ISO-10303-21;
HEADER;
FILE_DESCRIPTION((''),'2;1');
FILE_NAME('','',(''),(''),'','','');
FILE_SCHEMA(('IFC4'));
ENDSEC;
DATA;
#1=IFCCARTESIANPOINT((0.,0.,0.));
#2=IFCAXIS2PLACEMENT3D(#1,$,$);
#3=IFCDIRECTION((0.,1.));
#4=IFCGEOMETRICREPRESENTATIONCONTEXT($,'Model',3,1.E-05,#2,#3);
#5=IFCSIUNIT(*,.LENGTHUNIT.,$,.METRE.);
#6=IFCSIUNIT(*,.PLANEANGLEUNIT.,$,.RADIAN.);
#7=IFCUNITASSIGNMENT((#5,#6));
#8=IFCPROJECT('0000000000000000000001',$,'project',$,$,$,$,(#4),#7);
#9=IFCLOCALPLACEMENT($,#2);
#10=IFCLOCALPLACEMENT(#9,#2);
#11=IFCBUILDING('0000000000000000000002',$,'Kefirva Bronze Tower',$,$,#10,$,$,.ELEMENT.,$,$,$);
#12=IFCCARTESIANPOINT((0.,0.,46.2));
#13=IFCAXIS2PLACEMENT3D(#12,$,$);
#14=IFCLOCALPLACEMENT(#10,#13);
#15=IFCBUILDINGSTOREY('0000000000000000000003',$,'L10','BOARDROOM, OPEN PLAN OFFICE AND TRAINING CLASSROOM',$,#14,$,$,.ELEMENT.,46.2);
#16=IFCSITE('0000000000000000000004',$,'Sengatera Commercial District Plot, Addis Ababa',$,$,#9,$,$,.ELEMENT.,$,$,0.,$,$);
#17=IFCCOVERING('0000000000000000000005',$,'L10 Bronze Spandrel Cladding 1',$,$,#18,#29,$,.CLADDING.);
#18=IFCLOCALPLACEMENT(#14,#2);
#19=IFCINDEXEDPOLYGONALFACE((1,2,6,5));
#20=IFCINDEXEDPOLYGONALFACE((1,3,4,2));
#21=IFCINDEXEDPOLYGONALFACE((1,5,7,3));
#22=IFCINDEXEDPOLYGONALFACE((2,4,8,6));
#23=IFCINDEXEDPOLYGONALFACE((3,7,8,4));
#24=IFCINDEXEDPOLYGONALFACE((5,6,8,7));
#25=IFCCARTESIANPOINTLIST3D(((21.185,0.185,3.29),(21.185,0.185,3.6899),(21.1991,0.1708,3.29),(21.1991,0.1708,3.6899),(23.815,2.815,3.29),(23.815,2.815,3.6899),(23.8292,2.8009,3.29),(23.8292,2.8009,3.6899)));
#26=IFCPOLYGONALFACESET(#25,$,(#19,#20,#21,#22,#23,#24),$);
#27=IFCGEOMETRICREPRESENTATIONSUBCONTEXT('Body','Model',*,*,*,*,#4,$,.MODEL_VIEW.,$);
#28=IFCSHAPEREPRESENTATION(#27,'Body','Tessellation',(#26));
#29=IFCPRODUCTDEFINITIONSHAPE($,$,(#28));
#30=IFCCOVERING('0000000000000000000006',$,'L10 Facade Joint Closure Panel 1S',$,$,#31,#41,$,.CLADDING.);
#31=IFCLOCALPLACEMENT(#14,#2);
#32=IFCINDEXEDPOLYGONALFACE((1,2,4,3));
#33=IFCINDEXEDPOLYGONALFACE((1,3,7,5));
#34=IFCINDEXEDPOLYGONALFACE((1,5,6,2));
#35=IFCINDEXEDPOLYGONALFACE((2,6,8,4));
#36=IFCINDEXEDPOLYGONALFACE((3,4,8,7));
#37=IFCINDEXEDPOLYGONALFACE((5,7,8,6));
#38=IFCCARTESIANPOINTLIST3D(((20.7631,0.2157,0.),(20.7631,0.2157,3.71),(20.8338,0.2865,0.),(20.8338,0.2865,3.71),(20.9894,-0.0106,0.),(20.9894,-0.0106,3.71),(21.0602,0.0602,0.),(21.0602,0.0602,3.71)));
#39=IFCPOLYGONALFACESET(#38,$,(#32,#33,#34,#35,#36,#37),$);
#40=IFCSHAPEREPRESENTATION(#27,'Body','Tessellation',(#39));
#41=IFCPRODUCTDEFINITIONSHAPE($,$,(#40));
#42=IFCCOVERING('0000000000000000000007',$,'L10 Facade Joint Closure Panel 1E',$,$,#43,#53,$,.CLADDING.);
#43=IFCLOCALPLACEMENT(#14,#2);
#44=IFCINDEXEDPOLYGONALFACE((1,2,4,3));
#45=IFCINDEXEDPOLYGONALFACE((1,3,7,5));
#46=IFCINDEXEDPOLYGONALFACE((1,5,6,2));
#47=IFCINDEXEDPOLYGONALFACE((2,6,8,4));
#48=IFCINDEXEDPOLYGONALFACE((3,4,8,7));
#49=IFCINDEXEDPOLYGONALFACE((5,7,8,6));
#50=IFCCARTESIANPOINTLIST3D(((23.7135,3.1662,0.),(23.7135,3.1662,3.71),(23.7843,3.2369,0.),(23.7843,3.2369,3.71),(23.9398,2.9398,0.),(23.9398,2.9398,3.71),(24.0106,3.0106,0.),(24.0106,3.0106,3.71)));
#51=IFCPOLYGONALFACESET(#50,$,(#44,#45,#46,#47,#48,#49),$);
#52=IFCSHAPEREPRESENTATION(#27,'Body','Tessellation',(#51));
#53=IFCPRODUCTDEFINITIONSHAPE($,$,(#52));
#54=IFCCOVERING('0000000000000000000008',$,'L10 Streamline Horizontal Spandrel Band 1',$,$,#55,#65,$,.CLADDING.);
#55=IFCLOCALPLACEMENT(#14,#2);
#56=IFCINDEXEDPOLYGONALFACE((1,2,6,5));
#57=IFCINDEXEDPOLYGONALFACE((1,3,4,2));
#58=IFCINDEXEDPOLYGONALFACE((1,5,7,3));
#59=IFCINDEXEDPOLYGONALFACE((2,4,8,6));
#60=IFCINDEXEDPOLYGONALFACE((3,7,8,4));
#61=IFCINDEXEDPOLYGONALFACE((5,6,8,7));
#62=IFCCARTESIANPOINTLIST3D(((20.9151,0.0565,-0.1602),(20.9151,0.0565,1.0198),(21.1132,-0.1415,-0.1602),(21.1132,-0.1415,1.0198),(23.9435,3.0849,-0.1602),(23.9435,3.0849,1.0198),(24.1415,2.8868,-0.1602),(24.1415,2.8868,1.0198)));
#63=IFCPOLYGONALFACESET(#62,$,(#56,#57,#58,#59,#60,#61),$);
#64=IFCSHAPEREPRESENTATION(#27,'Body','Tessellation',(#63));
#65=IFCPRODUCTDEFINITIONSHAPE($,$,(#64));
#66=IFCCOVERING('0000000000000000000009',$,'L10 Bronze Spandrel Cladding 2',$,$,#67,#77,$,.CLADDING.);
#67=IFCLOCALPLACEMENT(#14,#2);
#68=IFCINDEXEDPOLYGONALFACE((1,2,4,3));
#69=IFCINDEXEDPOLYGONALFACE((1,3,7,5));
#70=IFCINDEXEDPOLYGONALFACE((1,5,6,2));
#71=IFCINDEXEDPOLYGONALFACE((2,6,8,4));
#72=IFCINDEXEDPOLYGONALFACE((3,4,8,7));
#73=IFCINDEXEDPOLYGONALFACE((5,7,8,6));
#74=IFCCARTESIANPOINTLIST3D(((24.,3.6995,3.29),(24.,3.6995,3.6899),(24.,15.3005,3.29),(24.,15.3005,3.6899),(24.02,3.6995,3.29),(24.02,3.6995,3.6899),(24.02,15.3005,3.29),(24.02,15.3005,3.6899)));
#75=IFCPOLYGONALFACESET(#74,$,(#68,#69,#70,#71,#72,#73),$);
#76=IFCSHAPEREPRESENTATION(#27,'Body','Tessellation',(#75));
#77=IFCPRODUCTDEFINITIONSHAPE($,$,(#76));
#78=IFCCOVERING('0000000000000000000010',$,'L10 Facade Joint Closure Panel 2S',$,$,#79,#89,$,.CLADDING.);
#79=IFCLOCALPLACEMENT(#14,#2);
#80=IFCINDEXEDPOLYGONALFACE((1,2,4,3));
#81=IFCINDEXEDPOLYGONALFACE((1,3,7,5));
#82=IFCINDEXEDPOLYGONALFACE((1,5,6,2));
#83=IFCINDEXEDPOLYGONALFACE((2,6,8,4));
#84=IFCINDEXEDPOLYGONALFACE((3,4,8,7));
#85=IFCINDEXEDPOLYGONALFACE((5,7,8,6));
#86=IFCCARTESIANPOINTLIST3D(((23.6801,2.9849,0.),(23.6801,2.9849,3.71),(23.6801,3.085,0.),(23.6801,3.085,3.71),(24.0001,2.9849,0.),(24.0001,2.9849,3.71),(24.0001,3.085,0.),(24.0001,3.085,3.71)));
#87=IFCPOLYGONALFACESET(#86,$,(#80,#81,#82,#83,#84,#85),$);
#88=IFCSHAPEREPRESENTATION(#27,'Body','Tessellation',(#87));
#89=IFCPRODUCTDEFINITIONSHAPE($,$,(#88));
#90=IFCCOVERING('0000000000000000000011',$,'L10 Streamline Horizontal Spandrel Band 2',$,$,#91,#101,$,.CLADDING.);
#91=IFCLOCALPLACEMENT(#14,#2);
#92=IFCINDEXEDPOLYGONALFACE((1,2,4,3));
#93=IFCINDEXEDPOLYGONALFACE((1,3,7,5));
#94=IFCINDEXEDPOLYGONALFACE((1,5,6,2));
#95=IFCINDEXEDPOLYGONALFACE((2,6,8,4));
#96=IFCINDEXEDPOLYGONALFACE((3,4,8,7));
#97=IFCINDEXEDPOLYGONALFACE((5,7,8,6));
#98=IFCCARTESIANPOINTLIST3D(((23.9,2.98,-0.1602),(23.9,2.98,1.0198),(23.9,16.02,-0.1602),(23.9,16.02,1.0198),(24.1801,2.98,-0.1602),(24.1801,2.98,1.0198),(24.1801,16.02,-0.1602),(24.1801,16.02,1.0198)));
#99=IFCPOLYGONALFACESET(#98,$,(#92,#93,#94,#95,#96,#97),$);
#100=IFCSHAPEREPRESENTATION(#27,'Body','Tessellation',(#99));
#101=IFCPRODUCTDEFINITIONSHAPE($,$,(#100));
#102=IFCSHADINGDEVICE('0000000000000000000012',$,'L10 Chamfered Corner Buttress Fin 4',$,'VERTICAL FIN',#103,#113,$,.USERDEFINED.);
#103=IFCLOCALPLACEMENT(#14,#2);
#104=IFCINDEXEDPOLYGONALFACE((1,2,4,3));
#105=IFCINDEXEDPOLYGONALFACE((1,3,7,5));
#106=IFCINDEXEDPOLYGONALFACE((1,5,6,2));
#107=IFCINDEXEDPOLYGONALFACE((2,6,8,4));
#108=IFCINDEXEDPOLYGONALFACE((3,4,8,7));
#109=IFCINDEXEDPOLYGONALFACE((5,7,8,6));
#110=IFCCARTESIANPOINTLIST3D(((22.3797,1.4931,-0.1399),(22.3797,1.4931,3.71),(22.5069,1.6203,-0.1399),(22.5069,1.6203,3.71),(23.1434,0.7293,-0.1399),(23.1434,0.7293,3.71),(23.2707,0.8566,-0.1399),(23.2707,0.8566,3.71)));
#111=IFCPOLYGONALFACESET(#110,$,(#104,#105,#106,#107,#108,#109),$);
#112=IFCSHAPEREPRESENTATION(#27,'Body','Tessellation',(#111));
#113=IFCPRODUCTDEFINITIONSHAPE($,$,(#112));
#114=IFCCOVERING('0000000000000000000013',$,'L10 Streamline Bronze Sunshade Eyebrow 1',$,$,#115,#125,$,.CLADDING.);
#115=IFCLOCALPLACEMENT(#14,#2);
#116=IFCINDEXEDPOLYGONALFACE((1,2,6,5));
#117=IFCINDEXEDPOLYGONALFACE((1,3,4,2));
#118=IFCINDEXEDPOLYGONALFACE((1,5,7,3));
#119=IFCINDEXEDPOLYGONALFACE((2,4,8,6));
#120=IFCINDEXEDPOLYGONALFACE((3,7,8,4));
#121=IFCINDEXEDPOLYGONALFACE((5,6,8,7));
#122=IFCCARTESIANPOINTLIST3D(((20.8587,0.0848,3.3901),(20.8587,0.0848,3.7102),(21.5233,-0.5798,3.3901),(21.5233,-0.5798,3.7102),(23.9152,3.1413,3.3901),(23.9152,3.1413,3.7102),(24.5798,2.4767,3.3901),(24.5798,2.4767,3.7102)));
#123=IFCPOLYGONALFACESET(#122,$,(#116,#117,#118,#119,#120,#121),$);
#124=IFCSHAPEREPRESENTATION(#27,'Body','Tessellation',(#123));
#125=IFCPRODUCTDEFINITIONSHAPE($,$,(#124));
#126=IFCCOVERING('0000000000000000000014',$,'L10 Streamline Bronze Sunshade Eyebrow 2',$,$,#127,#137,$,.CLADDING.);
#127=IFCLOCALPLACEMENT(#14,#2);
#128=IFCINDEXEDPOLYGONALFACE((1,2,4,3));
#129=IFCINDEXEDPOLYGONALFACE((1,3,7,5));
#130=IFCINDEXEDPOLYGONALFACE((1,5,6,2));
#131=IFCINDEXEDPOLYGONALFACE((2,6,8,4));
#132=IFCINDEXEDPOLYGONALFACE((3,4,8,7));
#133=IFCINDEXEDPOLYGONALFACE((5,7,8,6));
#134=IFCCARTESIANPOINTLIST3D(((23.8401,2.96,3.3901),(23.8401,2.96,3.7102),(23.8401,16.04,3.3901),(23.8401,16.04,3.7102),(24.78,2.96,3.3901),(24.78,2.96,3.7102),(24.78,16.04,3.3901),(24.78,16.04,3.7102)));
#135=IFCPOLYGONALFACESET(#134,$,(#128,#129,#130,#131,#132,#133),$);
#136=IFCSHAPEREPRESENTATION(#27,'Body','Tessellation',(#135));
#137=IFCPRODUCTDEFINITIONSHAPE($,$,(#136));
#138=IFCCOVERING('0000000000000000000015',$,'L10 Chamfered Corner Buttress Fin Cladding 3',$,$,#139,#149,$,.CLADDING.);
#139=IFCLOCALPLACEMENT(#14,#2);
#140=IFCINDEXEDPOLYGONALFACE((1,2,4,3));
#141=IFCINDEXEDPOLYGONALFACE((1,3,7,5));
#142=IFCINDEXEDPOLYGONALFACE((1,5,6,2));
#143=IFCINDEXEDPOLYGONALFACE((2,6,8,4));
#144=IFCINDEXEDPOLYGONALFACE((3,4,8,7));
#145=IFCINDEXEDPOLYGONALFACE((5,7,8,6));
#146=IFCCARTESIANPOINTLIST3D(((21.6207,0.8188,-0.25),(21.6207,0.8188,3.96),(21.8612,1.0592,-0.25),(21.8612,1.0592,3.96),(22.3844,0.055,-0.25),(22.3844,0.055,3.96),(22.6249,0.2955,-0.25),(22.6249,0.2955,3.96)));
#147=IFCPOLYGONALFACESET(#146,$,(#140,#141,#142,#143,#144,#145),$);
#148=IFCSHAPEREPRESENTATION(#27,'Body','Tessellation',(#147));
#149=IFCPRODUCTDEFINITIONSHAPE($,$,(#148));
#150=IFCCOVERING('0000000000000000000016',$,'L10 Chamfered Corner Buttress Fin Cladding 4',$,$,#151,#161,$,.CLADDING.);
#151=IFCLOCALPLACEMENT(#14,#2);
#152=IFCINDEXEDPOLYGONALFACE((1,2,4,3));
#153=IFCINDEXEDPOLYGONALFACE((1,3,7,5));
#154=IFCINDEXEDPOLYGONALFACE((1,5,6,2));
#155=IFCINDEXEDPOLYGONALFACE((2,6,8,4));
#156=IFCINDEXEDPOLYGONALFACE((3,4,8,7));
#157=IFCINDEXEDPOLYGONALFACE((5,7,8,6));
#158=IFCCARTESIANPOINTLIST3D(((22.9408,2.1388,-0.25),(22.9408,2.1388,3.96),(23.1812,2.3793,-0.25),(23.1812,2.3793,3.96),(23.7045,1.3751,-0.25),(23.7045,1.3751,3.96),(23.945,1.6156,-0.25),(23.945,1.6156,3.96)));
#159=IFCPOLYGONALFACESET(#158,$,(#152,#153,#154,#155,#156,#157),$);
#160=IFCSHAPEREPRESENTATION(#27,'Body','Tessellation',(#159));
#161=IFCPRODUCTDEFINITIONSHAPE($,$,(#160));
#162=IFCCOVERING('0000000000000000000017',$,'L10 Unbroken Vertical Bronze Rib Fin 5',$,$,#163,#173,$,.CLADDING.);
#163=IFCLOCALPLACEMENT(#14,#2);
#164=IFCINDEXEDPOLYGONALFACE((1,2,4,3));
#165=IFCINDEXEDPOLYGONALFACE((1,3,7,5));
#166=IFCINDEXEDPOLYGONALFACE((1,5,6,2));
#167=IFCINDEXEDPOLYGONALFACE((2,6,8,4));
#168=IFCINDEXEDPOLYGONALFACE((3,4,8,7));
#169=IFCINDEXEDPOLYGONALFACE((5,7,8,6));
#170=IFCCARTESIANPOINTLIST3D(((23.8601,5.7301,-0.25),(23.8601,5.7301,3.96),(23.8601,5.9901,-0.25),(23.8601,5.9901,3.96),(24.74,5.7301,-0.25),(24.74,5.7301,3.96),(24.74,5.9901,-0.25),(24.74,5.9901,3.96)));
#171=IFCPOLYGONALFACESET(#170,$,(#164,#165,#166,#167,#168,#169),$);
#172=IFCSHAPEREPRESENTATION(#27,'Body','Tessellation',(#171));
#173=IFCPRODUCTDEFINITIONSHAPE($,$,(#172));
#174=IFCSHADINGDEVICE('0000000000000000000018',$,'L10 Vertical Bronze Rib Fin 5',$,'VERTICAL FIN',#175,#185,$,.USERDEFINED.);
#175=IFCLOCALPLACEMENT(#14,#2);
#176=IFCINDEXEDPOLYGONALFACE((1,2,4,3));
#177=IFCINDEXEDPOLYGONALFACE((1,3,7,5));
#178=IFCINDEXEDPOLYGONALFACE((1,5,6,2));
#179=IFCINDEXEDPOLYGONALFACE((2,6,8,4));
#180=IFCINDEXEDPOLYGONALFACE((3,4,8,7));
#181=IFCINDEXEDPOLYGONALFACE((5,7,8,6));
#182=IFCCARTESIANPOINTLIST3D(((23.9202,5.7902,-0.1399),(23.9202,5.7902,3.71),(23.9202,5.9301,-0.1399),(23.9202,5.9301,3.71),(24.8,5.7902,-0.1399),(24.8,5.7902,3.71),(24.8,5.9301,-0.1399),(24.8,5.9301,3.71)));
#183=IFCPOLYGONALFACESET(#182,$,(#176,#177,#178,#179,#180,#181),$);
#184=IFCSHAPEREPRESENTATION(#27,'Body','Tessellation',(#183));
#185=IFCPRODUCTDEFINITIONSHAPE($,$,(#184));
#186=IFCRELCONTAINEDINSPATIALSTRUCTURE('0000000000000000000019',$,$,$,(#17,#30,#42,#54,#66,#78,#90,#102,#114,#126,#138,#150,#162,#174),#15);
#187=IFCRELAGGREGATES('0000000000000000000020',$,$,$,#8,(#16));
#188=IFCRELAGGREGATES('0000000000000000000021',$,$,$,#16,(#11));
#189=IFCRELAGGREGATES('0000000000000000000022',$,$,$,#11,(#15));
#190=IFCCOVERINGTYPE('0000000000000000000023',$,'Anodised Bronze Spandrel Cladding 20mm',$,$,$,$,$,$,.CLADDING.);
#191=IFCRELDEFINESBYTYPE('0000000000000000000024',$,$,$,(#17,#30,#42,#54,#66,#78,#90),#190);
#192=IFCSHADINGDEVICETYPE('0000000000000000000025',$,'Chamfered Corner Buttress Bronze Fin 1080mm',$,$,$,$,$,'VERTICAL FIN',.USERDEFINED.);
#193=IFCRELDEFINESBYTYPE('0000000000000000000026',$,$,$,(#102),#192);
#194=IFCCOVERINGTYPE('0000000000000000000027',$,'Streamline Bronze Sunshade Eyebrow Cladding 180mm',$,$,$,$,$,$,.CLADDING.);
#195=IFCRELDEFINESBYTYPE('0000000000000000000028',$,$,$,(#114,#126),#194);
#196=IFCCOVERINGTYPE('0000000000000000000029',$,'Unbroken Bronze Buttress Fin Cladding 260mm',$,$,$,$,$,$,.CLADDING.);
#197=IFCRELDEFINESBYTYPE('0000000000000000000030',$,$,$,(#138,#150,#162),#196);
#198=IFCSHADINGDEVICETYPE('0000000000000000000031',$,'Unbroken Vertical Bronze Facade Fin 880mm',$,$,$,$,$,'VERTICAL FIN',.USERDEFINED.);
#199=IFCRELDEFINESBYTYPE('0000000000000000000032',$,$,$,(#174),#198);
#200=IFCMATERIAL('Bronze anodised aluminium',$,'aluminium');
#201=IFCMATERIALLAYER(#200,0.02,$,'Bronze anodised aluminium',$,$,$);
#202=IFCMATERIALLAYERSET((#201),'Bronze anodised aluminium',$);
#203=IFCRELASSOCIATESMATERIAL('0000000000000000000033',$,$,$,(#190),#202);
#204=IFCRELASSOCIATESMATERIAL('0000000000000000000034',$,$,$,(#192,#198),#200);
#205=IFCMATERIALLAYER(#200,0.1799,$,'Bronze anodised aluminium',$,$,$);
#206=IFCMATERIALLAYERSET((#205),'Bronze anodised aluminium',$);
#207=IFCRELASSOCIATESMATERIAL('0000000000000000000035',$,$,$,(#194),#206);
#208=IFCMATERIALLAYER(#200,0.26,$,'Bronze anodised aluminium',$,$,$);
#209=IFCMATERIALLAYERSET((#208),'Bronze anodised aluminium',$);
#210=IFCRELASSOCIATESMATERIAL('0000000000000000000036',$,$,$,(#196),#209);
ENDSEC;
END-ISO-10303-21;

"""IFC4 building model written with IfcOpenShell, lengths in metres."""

from ifc_helpers import new_model, si_unit, direction, frame, origin, origin_2d, place, context, subcontext, project, spatial, rectangle, extrude, material, layer, layer_set, material_profile, profile_set, type_object, element, save


model = new_model("IFC4")

# Units and contexts
model_context = context("Model", 3, precision=1e-05, world=origin(), true_north=direction((0.0, 1.0)))
body_context = subcontext(model_context, "Body", "Model", "MODEL_VIEW")
ifc_project = project(units=[si_unit("LENGTHUNIT", "METRE"), si_unit("PLANEANGLEUNIT", "RADIAN")], contexts=[model_context])

# Site, building, storey
site_placement = place(None, origin())
site = spatial("IfcSite", under=ifc_project, at=site_placement, Name="Sengatera Commercial District Plot, Addis Ababa", CompositionType="ELEMENT", RefElevation=0.0)
building_placement = place(site_placement, origin())
building = spatial("IfcBuilding", under=site, at=building_placement, Name="Kefirva Bronze Tower", CompositionType="ELEMENT")
storey_placement = place(building_placement, frame((0.0, 0.0, 46.2)))
storey = spatial("IfcBuildingStorey", under=building, at=storey_placement, Name="L10", Description="BOARDROOM, OPEN PLAN OFFICE AND TRAINING CLASSROOM", CompositionType="ELEMENT", Elevation=46.2)

# Shared definitions
ifc_material_1 = material(Name="Bronze anodised aluminium", Category="aluminium")

# Coverings
ifc_layer_1 = layer(ifc_material_1, 0.02, Name="Bronze anodised aluminium")
ifc_layer_set_1 = layer_set([ifc_layer_1], Name="Bronze anodised aluminium")
covering_type_1 = type_object("IfcCoveringType", Name="Anodised Bronze Spandrel Cladding 20mm", PredefinedType="CLADDING", material=ifc_layer_set_1)
covering_1_placement = place(storey_placement, frame((22.5071, 1.4929, 3.29), z_axis=(0.0, 0.0, 1.0), x_axis=(0.707107, 0.707107, 0.0)))
element("IfcCovering", 1, at=covering_1_placement, inside=storey, type_object=covering_type_1, Name="L10 Bronze Spandrel Cladding 1", PredefinedType="CLADDING", context=body_context, shape_type="SweptSolid", body=[
    extrude(rectangle(XDim=3.7195, YDim=0.02, at=origin_2d()), origin(), (0.0, 0.0, 1.0), 0.3999),
])
for number, where, z_axis, x_axis, name in (
    (2, (20.9116, 0.1379, 0.0), (0.0, 0.0, 1.0), (0.707107, 0.707107, 0.0), "L10 Facade Joint Closure Panel 1S"),
    (3, (23.8621, 3.0884, 0.0), (0.0, 0.0, 1.0), (0.707107, 0.707107, 0.0), "L10 Facade Joint Closure Panel 1E"),
):
    element("IfcCovering", number, at=place(storey_placement, frame(where, z_axis=z_axis, x_axis=x_axis)), inside=storey, type_object=covering_type_1, Name=name, PredefinedType="CLADDING", context=body_context, shape_type="SweptSolid", body=[
        extrude(rectangle(XDim=0.1001, YDim=0.3201, at=origin_2d()), origin(), (0.0, 0.0, 1.0), 3.71),
    ])
covering_2_placement = place(storey_placement, frame((22.5283, 1.4717, -0.1602), z_axis=(0.0, 0.0, 1.0), x_axis=(0.707107, 0.707107, 0.0)))
element("IfcCovering", 4, at=covering_2_placement, inside=storey, type_object=covering_type_1, Name="L10 Streamline Horizontal Spandrel Band 1", PredefinedType="CLADDING", context=body_context, shape_type="SweptSolid", body=[
    extrude(rectangle(XDim=4.2827, YDim=0.28, at=origin_2d()), origin(), (0.0, 0.0, 1.0), 1.1799),
])
covering_3_placement = place(storey_placement, frame((24.01, 9.5, 3.29), z_axis=(0.0, 0.0, 1.0), x_axis=(0.0, 1.0, 0.0)))
element("IfcCovering", 5, at=covering_3_placement, inside=storey, type_object=covering_type_1, Name="L10 Bronze Spandrel Cladding 2", PredefinedType="CLADDING", context=body_context, shape_type="SweptSolid", body=[
    extrude(rectangle(XDim=11.6011, YDim=0.02, at=origin_2d()), origin(), (0.0, 0.0, 1.0), 0.3999),
])
covering_4_placement = place(storey_placement, frame((23.8401, 3.0349, 0.0), z_axis=(0.0, 0.0, 1.0), x_axis=(0.0, 1.0, 0.0)))
element("IfcCovering", 6, at=covering_4_placement, inside=storey, type_object=covering_type_1, Name="L10 Facade Joint Closure Panel 2S", PredefinedType="CLADDING", context=body_context, shape_type="SweptSolid", body=[
    extrude(rectangle(XDim=0.1001, YDim=0.3201, at=origin_2d()), origin(), (0.0, 0.0, 1.0), 3.71),
])
covering_5_placement = place(storey_placement, frame((24.04, 9.5, -0.1602), z_axis=(0.0, 0.0, 1.0), x_axis=(0.0, 1.0, 0.0)))
element("IfcCovering", 7, at=covering_5_placement, inside=storey, type_object=covering_type_1, Name="L10 Streamline Horizontal Spandrel Band 2", PredefinedType="CLADDING", context=body_context, shape_type="SweptSolid", body=[
    extrude(rectangle(XDim=13.04, YDim=0.28, at=origin_2d()), origin(), (0.0, 0.0, 1.0), 1.1799),
])

# Shading device
ifc_material_profile_1 = material_profile(ifc_material_1, rectangle(XDim=0.1799, YDim=1.0801, at=origin_2d()), Name="BRONZE BUTTRESS FIN 180x1080")
ifc_profile_set_1 = profile_set([ifc_material_profile_1], Name="Bronze anodised aluminium")
shading_device_type_1 = type_object("IfcShadingDeviceType", Name="Chamfered Corner Buttress Bronze Fin 1080mm", ElementType="VERTICAL FIN", PredefinedType="USERDEFINED", material=ifc_profile_set_1)
shading_device_1_placement = place(storey_placement, frame((22.8252, 1.1748, -0.1399), z_axis=(0.0, 0.0, 1.0), x_axis=(0.707107, 0.707107, 0.0)))
element("IfcShadingDevice", 8, at=shading_device_1_placement, inside=storey, type_object=shading_device_type_1, Name="L10 Chamfered Corner Buttress Fin 4", ObjectType="VERTICAL FIN", PredefinedType="USERDEFINED", context=body_context, shape_type="SweptSolid", body=[
    extrude(rectangle(XDim=0.1799, YDim=1.0801, at=origin_2d()), origin(), (0.0, 0.0, 1.0), 3.8499),
])

# Coverings
ifc_layer_2 = layer(ifc_material_1, 0.1799, Name="Bronze anodised aluminium")
ifc_layer_set_2 = layer_set([ifc_layer_2], Name="Bronze anodised aluminium")
covering_type_2 = type_object("IfcCoveringType", Name="Streamline Bronze Sunshade Eyebrow Cladding 180mm", PredefinedType="CLADDING", material=ifc_layer_set_2)
covering_6_placement = place(storey_placement, frame((22.7192, 1.2808, 3.3901), z_axis=(0.0, 0.0, 1.0), x_axis=(0.707107, 0.707107, 0.0)))
element("IfcCovering", 9, at=covering_6_placement, inside=storey, type_object=covering_type_2, Name="L10 Streamline Bronze Sunshade Eyebrow 1", PredefinedType="CLADDING", context=body_context, shape_type="SweptSolid", body=[
    extrude(rectangle(XDim=4.3225, YDim=0.9399, at=origin_2d()), origin(), (0.0, 0.0, 1.0), 0.3201),
])
covering_7_placement = place(storey_placement, frame((24.3101, 9.5, 3.3901), z_axis=(0.0, 0.0, 1.0), x_axis=(0.0, 1.0, 0.0)))
element("IfcCovering", 10, at=covering_7_placement, inside=storey, type_object=covering_type_2, Name="L10 Streamline Bronze Sunshade Eyebrow 2", PredefinedType="CLADDING", context=body_context, shape_type="SweptSolid", body=[
    extrude(rectangle(XDim=13.0801, YDim=0.9399, at=origin_2d()), origin(), (0.0, 0.0, 1.0), 0.3201),
])
ifc_layer_3 = layer(ifc_material_1, 0.26, Name="Bronze anodised aluminium")
ifc_layer_set_3 = layer_set([ifc_layer_3], Name="Bronze anodised aluminium")
covering_type_3 = type_object("IfcCoveringType", Name="Unbroken Bronze Buttress Fin Cladding 260mm", PredefinedType="CLADDING", material=ifc_layer_set_3)
for number, where, z_axis, x_axis, name in (
    (11, (22.1228, 0.5571, -0.25), (0.0, 0.0, 1.0), (0.707107, 0.707107, 0.0), "L10 Chamfered Corner Buttress Fin Cladding 3"),
    (12, (23.4429, 1.8772, -0.25), (0.0, 0.0, 1.0), (0.707107, 0.707107, 0.0), "L10 Chamfered Corner Buttress Fin Cladding 4"),
):
    element("IfcCovering", number, at=place(storey_placement, frame(where, z_axis=z_axis, x_axis=x_axis)), inside=storey, type_object=covering_type_3, Name=name, PredefinedType="CLADDING", context=body_context, shape_type="SweptSolid", body=[
        extrude(rectangle(XDim=0.3401, YDim=1.0801, at=origin_2d()), origin(), (0.0, 0.0, 1.0), 4.21),
    ])
covering_8_placement = place(storey_placement, frame((24.3, 5.8601, -0.25), z_axis=(0.0, 0.0, 1.0), x_axis=(0.0, 1.0, 0.0)))
element("IfcCovering", 13, at=covering_8_placement, inside=storey, type_object=covering_type_3, Name="L10 Unbroken Vertical Bronze Rib Fin 5", PredefinedType="CLADDING", context=body_context, shape_type="SweptSolid", body=[
    extrude(rectangle(XDim=0.26, YDim=0.8799, at=origin_2d()), origin(), (0.0, 0.0, 1.0), 4.21),
])

# Shading device
ifc_material_profile_2 = material_profile(ifc_material_1, rectangle(XDim=0.1399, YDim=0.8799, at=origin_2d()), Name="BRONZE FIN 140x880")
ifc_profile_set_2 = profile_set([ifc_material_profile_2], Name="Bronze anodised aluminium")
shading_device_type_2 = type_object("IfcShadingDeviceType", Name="Unbroken Vertical Bronze Facade Fin 880mm", ElementType="VERTICAL FIN", PredefinedType="USERDEFINED", material=ifc_profile_set_2)
shading_device_2_placement = place(storey_placement, frame((24.3601, 5.8601, -0.1399), z_axis=(0.0, 0.0, 1.0), x_axis=(0.0, 1.0, 0.0)))
element("IfcShadingDevice", 14, at=shading_device_2_placement, inside=storey, type_object=shading_device_type_2, Name="L10 Vertical Bronze Rib Fin 5", ObjectType="VERTICAL FIN", PredefinedType="USERDEFINED", context=body_context, shape_type="SweptSolid", body=[
    extrude(rectangle(XDim=0.1399, YDim=0.8799, at=origin_2d()), origin(), (0.0, 0.0, 1.0), 3.8499),
])

save(model, "model.ifc")
